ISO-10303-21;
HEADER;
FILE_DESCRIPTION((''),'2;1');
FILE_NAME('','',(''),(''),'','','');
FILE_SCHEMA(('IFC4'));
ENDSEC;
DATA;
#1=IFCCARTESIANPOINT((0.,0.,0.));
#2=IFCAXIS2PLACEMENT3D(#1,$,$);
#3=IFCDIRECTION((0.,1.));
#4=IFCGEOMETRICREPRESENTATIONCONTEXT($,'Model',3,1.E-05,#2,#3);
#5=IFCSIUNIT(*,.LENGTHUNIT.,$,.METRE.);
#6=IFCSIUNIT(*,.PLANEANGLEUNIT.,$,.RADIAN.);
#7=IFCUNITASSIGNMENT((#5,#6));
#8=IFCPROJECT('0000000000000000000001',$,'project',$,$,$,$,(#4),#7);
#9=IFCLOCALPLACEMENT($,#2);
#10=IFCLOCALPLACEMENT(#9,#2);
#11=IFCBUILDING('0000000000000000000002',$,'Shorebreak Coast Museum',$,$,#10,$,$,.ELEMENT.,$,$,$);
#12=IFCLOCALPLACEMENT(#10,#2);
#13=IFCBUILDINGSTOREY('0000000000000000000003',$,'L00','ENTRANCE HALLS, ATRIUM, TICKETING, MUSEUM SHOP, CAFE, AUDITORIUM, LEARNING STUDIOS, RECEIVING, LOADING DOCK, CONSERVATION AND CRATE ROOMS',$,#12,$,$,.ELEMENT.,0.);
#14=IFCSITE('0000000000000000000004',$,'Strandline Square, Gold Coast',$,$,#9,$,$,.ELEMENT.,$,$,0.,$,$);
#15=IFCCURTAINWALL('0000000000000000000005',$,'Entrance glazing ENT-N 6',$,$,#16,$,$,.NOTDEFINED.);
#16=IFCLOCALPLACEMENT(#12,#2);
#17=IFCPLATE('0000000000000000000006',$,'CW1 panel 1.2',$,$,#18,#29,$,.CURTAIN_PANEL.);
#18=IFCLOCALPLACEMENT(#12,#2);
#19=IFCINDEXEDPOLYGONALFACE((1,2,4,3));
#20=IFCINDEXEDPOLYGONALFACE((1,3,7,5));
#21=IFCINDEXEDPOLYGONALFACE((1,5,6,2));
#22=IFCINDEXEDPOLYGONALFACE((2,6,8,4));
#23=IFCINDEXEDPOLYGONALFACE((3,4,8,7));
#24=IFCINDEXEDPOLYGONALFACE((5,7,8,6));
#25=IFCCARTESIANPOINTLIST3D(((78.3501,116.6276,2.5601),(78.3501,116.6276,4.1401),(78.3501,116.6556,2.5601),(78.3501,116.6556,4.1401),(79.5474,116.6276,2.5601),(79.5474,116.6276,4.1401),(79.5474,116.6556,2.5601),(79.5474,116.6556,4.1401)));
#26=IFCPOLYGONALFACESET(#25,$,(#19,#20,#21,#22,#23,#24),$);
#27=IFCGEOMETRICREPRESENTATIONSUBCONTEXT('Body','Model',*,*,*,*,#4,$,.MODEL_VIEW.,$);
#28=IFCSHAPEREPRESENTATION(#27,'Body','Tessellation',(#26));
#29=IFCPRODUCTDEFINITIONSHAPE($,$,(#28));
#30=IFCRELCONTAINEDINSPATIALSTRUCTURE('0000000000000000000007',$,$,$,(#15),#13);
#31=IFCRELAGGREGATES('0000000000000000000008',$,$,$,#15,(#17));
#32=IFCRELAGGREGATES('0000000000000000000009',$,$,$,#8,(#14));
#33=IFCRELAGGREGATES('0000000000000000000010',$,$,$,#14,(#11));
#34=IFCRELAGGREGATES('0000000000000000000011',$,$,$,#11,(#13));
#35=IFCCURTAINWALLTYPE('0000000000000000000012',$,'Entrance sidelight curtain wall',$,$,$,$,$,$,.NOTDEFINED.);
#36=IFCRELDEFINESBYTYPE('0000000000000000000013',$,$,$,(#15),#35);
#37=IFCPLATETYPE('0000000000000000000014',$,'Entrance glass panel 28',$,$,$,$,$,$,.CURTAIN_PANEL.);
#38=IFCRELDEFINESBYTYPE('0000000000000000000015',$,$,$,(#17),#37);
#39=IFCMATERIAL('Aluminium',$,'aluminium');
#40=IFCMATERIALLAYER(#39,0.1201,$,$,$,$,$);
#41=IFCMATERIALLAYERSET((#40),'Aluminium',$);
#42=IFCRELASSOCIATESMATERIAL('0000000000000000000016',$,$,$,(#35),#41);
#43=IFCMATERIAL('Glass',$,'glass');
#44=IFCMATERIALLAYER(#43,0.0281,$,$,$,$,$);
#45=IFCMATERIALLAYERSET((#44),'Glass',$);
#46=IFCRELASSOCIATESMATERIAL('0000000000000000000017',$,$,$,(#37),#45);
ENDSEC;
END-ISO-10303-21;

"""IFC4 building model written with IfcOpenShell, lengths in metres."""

from ifc_helpers import new_model, si_unit, direction, frame, origin, origin_2d, place, context, subcontext, project, spatial, rectangle, extrude, material, layer, layer_set, type_object, element, aggregate, save


model = new_model("IFC4")

# Units and contexts
model_context = context("Model", 3, precision=1e-05, world=origin(), true_north=direction((0.0, 1.0)))
body_context = subcontext(model_context, "Body", "Model", "MODEL_VIEW")
ifc_project = project(units=[si_unit("LENGTHUNIT", "METRE"), si_unit("PLANEANGLEUNIT", "RADIAN")], contexts=[model_context])

# Site, building, storey
site_placement = place(None, origin())
site = spatial("IfcSite", under=ifc_project, at=site_placement, Name="Strandline Square, Gold Coast", CompositionType="ELEMENT", RefElevation=0.0)
building_placement = place(site_placement, origin())
building = spatial("IfcBuilding", under=site, at=building_placement, Name="Shorebreak Coast Museum", CompositionType="ELEMENT")
storey_placement = place(building_placement, origin())
storey = spatial("IfcBuildingStorey", under=building, at=storey_placement, Name="L00", Description="ENTRANCE HALLS, ATRIUM, TICKETING, MUSEUM SHOP, CAFE, AUDITORIUM, LEARNING STUDIOS, RECEIVING, LOADING DOCK, CONSERVATION AND CRATE ROOMS", CompositionType="ELEMENT", Elevation=0.0)

# Shared definitions
ifc_material_1 = material(Name="Aluminium", Category="aluminium")
ifc_layer_1 = layer(ifc_material_1, 0.1201)
ifc_layer_set_1 = layer_set([ifc_layer_1], Name="Aluminium")
curtain_wall_type = type_object("IfcCurtainWallType", Name="Entrance sidelight curtain wall", PredefinedType="NOTDEFINED", material=ifc_layer_set_1)

# Curtain wall
curtain_wall_1_placement = place(storey_placement, origin())
curtain_wall_1 = element("IfcCurtainWall", 1, at=curtain_wall_1_placement, inside=storey, type_object=curtain_wall_type, Name="Entrance glazing ENT-N 6", PredefinedType="NOTDEFINED")

# Plate
ifc_material_2 = material(Name="Glass", Category="glass")
ifc_layer_2 = layer(ifc_material_2, 0.0281)
ifc_layer_set_2 = layer_set([ifc_layer_2], Name="Glass")
plate_type = type_object("IfcPlateType", Name="Entrance glass panel 28", PredefinedType="CURTAIN_PANEL", material=ifc_layer_set_2)
plate_1_placement = place(storey_placement, frame((78.9487, 116.6416, 2.5601), z_axis=(0.0, 0.0, 1.0), x_axis=(1.0, 0.0, 0.0)))
plate_1 = element("IfcPlate", 2, at=plate_1_placement, type_object=plate_type, Name="CW1 panel 1.2", PredefinedType="CURTAIN_PANEL", context=body_context, shape_type="SweptSolid", body=[
    extrude(rectangle(XDim=1.1973, YDim=0.0281, at=origin_2d()), origin(), (0.0, 0.0, 1.0), 1.5801),
])
aggregate(curtain_wall_1, [plate_1])

save(model, "model.ifc")
